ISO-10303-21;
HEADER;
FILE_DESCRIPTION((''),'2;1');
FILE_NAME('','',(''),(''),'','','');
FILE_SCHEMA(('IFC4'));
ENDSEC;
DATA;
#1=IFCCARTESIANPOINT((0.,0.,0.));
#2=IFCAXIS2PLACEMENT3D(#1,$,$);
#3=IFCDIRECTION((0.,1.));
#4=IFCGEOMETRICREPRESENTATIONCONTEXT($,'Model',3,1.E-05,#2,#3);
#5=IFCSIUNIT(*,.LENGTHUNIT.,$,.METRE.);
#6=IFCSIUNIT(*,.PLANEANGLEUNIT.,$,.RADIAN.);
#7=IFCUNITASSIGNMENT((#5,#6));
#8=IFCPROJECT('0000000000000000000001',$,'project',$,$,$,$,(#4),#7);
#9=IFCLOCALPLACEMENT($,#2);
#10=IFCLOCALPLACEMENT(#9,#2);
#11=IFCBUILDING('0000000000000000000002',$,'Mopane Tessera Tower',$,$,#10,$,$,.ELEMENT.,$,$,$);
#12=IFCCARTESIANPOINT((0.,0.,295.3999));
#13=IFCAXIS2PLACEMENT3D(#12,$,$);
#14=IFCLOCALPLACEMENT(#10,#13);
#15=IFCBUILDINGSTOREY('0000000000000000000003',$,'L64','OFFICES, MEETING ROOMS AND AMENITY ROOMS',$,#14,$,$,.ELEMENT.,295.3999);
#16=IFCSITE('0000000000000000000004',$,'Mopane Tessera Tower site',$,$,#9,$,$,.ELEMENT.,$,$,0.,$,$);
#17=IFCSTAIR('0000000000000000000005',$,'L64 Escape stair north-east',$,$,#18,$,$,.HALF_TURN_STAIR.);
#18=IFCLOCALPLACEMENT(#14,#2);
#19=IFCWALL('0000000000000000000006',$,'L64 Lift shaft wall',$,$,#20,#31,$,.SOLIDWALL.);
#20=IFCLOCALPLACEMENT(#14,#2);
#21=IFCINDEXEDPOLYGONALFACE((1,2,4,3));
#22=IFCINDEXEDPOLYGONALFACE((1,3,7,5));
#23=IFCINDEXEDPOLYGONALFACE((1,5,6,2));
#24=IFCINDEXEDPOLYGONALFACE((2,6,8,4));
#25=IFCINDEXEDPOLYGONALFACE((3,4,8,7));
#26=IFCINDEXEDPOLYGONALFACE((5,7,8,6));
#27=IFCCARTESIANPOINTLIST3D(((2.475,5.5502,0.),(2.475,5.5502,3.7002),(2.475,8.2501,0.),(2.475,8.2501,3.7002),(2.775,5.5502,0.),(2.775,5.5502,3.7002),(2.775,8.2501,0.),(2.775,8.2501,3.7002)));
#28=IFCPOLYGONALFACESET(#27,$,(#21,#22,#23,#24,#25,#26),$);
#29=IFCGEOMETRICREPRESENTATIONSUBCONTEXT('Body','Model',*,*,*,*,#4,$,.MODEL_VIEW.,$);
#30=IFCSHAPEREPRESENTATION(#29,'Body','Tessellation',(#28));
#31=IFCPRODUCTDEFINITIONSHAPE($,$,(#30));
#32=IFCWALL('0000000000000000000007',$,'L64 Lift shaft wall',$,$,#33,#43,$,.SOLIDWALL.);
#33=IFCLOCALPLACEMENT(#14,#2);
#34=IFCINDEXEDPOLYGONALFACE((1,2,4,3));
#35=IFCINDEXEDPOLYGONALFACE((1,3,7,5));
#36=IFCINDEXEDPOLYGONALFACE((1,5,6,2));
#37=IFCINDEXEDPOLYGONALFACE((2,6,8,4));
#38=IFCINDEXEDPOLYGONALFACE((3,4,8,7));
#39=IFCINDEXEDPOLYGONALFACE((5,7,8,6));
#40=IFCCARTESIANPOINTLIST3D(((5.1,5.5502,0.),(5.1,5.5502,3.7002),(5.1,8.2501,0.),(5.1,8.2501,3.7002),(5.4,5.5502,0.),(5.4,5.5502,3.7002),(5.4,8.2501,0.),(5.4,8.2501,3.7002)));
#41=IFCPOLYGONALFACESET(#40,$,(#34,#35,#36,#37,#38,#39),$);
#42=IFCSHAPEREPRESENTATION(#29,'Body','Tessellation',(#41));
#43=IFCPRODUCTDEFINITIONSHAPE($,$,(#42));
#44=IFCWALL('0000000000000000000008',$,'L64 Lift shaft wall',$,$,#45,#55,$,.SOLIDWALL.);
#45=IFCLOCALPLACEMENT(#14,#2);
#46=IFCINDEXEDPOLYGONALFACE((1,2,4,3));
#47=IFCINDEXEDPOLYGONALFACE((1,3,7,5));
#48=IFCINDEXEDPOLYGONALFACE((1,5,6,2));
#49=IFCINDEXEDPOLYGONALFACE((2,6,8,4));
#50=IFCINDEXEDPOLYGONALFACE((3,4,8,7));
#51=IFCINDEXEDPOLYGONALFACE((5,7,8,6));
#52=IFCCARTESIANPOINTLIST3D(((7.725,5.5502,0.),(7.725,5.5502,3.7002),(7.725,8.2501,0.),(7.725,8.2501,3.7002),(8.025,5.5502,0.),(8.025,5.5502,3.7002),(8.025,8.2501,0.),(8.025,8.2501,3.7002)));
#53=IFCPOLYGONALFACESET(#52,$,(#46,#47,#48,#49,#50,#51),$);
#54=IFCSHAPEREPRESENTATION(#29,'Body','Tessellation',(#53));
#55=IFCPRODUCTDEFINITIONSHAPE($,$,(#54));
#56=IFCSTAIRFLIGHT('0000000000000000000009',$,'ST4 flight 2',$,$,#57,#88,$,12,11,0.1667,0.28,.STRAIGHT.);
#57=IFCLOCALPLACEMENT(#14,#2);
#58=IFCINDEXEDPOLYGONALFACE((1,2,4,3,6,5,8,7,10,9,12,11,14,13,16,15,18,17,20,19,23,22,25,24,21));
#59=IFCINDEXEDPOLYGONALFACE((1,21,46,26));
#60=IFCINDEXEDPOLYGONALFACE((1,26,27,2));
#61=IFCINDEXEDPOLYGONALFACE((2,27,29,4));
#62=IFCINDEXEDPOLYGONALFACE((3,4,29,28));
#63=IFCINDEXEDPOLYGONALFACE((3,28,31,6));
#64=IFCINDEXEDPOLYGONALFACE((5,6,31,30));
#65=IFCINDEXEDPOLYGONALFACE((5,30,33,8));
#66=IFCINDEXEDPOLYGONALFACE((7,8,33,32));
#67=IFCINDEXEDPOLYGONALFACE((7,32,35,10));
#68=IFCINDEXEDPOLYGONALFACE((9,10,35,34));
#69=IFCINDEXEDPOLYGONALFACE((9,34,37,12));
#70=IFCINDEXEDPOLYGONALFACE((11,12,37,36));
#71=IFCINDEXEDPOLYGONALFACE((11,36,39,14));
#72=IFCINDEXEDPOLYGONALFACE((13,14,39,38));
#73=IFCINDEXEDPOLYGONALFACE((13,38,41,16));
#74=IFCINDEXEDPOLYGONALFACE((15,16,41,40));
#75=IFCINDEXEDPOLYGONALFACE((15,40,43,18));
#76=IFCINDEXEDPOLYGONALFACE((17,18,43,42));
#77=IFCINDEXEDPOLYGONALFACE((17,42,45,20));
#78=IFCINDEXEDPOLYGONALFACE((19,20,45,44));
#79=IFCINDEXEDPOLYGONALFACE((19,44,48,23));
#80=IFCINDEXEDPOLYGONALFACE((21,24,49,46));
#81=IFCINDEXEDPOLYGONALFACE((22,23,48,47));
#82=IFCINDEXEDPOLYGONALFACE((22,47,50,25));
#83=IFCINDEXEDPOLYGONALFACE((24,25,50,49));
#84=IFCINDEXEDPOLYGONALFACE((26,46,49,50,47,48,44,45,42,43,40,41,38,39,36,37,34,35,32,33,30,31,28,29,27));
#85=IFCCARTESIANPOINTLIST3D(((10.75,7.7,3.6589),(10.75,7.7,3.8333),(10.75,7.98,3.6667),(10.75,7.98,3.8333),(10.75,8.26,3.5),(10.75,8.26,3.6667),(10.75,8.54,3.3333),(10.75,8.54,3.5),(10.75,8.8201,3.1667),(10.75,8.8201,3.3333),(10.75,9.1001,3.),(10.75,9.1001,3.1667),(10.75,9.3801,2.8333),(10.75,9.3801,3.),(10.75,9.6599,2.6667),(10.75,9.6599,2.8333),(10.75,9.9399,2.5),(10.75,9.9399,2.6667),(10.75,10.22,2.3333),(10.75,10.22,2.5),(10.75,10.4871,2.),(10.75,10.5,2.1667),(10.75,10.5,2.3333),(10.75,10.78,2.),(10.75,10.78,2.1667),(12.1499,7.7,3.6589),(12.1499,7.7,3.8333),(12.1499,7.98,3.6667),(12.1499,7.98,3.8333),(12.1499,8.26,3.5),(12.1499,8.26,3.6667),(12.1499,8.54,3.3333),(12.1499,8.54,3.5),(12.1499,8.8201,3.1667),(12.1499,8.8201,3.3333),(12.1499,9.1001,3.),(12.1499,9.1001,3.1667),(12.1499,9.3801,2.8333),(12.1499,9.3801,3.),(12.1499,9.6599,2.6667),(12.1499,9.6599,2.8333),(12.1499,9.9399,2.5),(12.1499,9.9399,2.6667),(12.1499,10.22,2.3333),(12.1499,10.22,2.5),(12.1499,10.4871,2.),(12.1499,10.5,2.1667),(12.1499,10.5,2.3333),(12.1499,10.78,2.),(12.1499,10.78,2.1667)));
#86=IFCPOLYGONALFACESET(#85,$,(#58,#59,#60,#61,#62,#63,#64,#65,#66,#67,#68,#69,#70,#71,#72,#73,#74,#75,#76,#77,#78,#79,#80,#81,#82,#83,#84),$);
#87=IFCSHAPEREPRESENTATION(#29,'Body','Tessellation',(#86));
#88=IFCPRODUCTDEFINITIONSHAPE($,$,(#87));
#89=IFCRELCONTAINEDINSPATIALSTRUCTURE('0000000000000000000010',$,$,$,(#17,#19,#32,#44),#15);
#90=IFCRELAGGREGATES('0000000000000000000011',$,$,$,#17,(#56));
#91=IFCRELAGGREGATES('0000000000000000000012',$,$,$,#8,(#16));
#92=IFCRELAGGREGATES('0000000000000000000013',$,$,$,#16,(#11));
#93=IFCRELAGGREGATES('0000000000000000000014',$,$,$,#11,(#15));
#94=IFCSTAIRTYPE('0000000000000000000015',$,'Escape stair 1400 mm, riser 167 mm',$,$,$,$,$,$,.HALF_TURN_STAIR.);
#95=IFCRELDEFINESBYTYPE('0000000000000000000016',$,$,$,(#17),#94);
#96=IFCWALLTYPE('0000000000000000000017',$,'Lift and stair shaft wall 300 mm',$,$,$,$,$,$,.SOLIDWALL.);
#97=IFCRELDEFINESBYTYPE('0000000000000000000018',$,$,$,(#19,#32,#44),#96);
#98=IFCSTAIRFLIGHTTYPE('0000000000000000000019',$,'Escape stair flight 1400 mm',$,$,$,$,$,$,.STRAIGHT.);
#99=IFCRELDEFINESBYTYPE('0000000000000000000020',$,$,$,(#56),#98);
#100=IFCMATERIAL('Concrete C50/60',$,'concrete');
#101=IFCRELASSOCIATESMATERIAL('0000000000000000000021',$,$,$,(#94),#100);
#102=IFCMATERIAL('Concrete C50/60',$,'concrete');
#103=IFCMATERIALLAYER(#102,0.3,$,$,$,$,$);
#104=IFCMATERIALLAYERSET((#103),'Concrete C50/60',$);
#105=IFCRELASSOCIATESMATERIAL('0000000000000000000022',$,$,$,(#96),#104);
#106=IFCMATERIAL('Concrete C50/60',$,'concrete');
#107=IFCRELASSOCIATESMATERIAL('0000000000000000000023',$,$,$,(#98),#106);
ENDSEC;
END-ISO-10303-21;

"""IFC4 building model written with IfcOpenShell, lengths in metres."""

from ifc_helpers import new_model, si_unit, direction, frame, frame_2d, origin, place, context, subcontext, project, spatial, polyline, rectangle, outline, extrude, material, layer, layer_set, type_object, element, aggregate, save


model = new_model("IFC4")

# Units and contexts
model_context = context("Model", 3, precision=1e-05, world=origin(), true_north=direction((0.0, 1.0)))
body_context = subcontext(model_context, "Body", "Model", "MODEL_VIEW")
ifc_project = project(units=[si_unit("LENGTHUNIT", "METRE"), si_unit("PLANEANGLEUNIT", "RADIAN")], contexts=[model_context])

# Site, building, storey
site_placement = place(None, origin())
site = spatial("IfcSite", under=ifc_project, at=site_placement, Name="Mopane Tessera Tower site", CompositionType="ELEMENT", RefElevation=0.0)
building_placement = place(site_placement, origin())
building = spatial("IfcBuilding", under=site, at=building_placement, Name="Mopane Tessera Tower", CompositionType="ELEMENT")
storey_placement = place(building_placement, frame((0.0, 0.0, 295.3999)))
storey = spatial("IfcBuildingStorey", under=building, at=storey_placement, Name="L64", Description="OFFICES, MEETING ROOMS AND AMENITY ROOMS", CompositionType="ELEMENT", Elevation=295.3999)

# Stair
ifc_material_1 = material(Name="Concrete C50/60", Category="concrete")
stair_type = type_object("IfcStairType", Name="Escape stair 1400 mm, riser 167 mm", PredefinedType="HALF_TURN_STAIR", material=ifc_material_1)
stair_1_placement = place(storey_placement, origin())
stair_1 = element("IfcStair", 1, at=stair_1_placement, inside=storey, type_object=stair_type, Name="L64 Escape stair north-east", PredefinedType="HALF_TURN_STAIR")

# Shared definitions
ifc_material_2 = material(Name="Concrete C50/60", Category="concrete")
ifc_layer_1 = layer(ifc_material_2, 0.3)
ifc_layer_set_1 = layer_set([ifc_layer_1], Name="Concrete C50/60")
wall_type_1 = type_object("IfcWallType", Name="Lift and stair shaft wall 300 mm", PredefinedType="SOLIDWALL", material=ifc_layer_set_1)

# Walls
for number, where, z_axis, x_axis, name in (
    (2, (2.625, 5.55, 0.0), (0.0, 0.0, 1.0), (0.0, 1.0, 0.0), "L64 Lift shaft wall"),
    (3, (5.25, 5.55, 0.0), (0.0, 0.0, 1.0), (0.0, 1.0, 0.0), "L64 Lift shaft wall"),
    (4, (7.875, 5.55, 0.0), (0.0, 0.0, 1.0), (0.0, 1.0, 0.0), "L64 Lift shaft wall"),
):
    element("IfcWall", number, at=place(storey_placement, frame(where, z_axis=z_axis, x_axis=x_axis)), inside=storey, type_object=wall_type_1, Name=name, PredefinedType="SOLIDWALL", context=body_context, shape_type="SweptSolid", body=[
        extrude(rectangle(XDim=2.7, YDim=0.3, at=frame_2d((1.3501, 0.0))), origin(), (0.0, 0.0, 1.0), 3.7002),
    ])

# Stair flight
ifc_material_3 = material(Name="Concrete C50/60", Category="concrete")
stair_flight_type = type_object("IfcStairFlightType", Name="Escape stair flight 1400 mm", PredefinedType="STRAIGHT", material=ifc_material_3)
stair_flight_placement = place(storey_placement, frame((11.45, 10.78, 2.0), z_axis=(0.0, 0.0, 1.0), x_axis=(0.0, -1.0, 0.0)))
stair_flight = element("IfcStairFlight", 5, at=stair_flight_placement, type_object=stair_flight_type, Name="ST4 flight 2", NumberOfRisers=12, NumberOfTreads=11, PredefinedType="STRAIGHT", RiserHeight=0.1667, TreadLength=0.28, context=body_context, shape_type="SweptSolid", body=[
    extrude(outline(polyline([(0.0, 0.0), (0.0, 0.1667), (0.28, 0.1667), (0.28, 0.3333), (0.5601, 0.3333), (0.5601, 0.5), (0.8401, 0.5), (0.8401, 0.6667), (1.1201, 0.6667), (1.1201, 0.8333), (1.3999, 0.8333), (1.3999, 1.0), (1.6799, 1.0), (1.6799, 1.1667), (1.96, 1.1667), (1.96, 1.3333), (2.24, 1.3333), (2.24, 1.5), (2.52, 1.5), (2.52, 1.6667), (2.8, 1.6667), (2.8, 1.8333), (3.0801, 1.8333), (3.0801, 2.0), (3.0801, 1.6589), (0.293, 0.0), (0.0, 0.0)])), frame((0.0, 0.7, 0.0), z_axis=(0.0, -1.0, 0.0), x_axis=(1.0, 0.0, 0.0)), (0.0, 0.0, 1.0), 1.3999),
])
aggregate(stair_1, [stair_flight])

save(model, "model.ifc")
